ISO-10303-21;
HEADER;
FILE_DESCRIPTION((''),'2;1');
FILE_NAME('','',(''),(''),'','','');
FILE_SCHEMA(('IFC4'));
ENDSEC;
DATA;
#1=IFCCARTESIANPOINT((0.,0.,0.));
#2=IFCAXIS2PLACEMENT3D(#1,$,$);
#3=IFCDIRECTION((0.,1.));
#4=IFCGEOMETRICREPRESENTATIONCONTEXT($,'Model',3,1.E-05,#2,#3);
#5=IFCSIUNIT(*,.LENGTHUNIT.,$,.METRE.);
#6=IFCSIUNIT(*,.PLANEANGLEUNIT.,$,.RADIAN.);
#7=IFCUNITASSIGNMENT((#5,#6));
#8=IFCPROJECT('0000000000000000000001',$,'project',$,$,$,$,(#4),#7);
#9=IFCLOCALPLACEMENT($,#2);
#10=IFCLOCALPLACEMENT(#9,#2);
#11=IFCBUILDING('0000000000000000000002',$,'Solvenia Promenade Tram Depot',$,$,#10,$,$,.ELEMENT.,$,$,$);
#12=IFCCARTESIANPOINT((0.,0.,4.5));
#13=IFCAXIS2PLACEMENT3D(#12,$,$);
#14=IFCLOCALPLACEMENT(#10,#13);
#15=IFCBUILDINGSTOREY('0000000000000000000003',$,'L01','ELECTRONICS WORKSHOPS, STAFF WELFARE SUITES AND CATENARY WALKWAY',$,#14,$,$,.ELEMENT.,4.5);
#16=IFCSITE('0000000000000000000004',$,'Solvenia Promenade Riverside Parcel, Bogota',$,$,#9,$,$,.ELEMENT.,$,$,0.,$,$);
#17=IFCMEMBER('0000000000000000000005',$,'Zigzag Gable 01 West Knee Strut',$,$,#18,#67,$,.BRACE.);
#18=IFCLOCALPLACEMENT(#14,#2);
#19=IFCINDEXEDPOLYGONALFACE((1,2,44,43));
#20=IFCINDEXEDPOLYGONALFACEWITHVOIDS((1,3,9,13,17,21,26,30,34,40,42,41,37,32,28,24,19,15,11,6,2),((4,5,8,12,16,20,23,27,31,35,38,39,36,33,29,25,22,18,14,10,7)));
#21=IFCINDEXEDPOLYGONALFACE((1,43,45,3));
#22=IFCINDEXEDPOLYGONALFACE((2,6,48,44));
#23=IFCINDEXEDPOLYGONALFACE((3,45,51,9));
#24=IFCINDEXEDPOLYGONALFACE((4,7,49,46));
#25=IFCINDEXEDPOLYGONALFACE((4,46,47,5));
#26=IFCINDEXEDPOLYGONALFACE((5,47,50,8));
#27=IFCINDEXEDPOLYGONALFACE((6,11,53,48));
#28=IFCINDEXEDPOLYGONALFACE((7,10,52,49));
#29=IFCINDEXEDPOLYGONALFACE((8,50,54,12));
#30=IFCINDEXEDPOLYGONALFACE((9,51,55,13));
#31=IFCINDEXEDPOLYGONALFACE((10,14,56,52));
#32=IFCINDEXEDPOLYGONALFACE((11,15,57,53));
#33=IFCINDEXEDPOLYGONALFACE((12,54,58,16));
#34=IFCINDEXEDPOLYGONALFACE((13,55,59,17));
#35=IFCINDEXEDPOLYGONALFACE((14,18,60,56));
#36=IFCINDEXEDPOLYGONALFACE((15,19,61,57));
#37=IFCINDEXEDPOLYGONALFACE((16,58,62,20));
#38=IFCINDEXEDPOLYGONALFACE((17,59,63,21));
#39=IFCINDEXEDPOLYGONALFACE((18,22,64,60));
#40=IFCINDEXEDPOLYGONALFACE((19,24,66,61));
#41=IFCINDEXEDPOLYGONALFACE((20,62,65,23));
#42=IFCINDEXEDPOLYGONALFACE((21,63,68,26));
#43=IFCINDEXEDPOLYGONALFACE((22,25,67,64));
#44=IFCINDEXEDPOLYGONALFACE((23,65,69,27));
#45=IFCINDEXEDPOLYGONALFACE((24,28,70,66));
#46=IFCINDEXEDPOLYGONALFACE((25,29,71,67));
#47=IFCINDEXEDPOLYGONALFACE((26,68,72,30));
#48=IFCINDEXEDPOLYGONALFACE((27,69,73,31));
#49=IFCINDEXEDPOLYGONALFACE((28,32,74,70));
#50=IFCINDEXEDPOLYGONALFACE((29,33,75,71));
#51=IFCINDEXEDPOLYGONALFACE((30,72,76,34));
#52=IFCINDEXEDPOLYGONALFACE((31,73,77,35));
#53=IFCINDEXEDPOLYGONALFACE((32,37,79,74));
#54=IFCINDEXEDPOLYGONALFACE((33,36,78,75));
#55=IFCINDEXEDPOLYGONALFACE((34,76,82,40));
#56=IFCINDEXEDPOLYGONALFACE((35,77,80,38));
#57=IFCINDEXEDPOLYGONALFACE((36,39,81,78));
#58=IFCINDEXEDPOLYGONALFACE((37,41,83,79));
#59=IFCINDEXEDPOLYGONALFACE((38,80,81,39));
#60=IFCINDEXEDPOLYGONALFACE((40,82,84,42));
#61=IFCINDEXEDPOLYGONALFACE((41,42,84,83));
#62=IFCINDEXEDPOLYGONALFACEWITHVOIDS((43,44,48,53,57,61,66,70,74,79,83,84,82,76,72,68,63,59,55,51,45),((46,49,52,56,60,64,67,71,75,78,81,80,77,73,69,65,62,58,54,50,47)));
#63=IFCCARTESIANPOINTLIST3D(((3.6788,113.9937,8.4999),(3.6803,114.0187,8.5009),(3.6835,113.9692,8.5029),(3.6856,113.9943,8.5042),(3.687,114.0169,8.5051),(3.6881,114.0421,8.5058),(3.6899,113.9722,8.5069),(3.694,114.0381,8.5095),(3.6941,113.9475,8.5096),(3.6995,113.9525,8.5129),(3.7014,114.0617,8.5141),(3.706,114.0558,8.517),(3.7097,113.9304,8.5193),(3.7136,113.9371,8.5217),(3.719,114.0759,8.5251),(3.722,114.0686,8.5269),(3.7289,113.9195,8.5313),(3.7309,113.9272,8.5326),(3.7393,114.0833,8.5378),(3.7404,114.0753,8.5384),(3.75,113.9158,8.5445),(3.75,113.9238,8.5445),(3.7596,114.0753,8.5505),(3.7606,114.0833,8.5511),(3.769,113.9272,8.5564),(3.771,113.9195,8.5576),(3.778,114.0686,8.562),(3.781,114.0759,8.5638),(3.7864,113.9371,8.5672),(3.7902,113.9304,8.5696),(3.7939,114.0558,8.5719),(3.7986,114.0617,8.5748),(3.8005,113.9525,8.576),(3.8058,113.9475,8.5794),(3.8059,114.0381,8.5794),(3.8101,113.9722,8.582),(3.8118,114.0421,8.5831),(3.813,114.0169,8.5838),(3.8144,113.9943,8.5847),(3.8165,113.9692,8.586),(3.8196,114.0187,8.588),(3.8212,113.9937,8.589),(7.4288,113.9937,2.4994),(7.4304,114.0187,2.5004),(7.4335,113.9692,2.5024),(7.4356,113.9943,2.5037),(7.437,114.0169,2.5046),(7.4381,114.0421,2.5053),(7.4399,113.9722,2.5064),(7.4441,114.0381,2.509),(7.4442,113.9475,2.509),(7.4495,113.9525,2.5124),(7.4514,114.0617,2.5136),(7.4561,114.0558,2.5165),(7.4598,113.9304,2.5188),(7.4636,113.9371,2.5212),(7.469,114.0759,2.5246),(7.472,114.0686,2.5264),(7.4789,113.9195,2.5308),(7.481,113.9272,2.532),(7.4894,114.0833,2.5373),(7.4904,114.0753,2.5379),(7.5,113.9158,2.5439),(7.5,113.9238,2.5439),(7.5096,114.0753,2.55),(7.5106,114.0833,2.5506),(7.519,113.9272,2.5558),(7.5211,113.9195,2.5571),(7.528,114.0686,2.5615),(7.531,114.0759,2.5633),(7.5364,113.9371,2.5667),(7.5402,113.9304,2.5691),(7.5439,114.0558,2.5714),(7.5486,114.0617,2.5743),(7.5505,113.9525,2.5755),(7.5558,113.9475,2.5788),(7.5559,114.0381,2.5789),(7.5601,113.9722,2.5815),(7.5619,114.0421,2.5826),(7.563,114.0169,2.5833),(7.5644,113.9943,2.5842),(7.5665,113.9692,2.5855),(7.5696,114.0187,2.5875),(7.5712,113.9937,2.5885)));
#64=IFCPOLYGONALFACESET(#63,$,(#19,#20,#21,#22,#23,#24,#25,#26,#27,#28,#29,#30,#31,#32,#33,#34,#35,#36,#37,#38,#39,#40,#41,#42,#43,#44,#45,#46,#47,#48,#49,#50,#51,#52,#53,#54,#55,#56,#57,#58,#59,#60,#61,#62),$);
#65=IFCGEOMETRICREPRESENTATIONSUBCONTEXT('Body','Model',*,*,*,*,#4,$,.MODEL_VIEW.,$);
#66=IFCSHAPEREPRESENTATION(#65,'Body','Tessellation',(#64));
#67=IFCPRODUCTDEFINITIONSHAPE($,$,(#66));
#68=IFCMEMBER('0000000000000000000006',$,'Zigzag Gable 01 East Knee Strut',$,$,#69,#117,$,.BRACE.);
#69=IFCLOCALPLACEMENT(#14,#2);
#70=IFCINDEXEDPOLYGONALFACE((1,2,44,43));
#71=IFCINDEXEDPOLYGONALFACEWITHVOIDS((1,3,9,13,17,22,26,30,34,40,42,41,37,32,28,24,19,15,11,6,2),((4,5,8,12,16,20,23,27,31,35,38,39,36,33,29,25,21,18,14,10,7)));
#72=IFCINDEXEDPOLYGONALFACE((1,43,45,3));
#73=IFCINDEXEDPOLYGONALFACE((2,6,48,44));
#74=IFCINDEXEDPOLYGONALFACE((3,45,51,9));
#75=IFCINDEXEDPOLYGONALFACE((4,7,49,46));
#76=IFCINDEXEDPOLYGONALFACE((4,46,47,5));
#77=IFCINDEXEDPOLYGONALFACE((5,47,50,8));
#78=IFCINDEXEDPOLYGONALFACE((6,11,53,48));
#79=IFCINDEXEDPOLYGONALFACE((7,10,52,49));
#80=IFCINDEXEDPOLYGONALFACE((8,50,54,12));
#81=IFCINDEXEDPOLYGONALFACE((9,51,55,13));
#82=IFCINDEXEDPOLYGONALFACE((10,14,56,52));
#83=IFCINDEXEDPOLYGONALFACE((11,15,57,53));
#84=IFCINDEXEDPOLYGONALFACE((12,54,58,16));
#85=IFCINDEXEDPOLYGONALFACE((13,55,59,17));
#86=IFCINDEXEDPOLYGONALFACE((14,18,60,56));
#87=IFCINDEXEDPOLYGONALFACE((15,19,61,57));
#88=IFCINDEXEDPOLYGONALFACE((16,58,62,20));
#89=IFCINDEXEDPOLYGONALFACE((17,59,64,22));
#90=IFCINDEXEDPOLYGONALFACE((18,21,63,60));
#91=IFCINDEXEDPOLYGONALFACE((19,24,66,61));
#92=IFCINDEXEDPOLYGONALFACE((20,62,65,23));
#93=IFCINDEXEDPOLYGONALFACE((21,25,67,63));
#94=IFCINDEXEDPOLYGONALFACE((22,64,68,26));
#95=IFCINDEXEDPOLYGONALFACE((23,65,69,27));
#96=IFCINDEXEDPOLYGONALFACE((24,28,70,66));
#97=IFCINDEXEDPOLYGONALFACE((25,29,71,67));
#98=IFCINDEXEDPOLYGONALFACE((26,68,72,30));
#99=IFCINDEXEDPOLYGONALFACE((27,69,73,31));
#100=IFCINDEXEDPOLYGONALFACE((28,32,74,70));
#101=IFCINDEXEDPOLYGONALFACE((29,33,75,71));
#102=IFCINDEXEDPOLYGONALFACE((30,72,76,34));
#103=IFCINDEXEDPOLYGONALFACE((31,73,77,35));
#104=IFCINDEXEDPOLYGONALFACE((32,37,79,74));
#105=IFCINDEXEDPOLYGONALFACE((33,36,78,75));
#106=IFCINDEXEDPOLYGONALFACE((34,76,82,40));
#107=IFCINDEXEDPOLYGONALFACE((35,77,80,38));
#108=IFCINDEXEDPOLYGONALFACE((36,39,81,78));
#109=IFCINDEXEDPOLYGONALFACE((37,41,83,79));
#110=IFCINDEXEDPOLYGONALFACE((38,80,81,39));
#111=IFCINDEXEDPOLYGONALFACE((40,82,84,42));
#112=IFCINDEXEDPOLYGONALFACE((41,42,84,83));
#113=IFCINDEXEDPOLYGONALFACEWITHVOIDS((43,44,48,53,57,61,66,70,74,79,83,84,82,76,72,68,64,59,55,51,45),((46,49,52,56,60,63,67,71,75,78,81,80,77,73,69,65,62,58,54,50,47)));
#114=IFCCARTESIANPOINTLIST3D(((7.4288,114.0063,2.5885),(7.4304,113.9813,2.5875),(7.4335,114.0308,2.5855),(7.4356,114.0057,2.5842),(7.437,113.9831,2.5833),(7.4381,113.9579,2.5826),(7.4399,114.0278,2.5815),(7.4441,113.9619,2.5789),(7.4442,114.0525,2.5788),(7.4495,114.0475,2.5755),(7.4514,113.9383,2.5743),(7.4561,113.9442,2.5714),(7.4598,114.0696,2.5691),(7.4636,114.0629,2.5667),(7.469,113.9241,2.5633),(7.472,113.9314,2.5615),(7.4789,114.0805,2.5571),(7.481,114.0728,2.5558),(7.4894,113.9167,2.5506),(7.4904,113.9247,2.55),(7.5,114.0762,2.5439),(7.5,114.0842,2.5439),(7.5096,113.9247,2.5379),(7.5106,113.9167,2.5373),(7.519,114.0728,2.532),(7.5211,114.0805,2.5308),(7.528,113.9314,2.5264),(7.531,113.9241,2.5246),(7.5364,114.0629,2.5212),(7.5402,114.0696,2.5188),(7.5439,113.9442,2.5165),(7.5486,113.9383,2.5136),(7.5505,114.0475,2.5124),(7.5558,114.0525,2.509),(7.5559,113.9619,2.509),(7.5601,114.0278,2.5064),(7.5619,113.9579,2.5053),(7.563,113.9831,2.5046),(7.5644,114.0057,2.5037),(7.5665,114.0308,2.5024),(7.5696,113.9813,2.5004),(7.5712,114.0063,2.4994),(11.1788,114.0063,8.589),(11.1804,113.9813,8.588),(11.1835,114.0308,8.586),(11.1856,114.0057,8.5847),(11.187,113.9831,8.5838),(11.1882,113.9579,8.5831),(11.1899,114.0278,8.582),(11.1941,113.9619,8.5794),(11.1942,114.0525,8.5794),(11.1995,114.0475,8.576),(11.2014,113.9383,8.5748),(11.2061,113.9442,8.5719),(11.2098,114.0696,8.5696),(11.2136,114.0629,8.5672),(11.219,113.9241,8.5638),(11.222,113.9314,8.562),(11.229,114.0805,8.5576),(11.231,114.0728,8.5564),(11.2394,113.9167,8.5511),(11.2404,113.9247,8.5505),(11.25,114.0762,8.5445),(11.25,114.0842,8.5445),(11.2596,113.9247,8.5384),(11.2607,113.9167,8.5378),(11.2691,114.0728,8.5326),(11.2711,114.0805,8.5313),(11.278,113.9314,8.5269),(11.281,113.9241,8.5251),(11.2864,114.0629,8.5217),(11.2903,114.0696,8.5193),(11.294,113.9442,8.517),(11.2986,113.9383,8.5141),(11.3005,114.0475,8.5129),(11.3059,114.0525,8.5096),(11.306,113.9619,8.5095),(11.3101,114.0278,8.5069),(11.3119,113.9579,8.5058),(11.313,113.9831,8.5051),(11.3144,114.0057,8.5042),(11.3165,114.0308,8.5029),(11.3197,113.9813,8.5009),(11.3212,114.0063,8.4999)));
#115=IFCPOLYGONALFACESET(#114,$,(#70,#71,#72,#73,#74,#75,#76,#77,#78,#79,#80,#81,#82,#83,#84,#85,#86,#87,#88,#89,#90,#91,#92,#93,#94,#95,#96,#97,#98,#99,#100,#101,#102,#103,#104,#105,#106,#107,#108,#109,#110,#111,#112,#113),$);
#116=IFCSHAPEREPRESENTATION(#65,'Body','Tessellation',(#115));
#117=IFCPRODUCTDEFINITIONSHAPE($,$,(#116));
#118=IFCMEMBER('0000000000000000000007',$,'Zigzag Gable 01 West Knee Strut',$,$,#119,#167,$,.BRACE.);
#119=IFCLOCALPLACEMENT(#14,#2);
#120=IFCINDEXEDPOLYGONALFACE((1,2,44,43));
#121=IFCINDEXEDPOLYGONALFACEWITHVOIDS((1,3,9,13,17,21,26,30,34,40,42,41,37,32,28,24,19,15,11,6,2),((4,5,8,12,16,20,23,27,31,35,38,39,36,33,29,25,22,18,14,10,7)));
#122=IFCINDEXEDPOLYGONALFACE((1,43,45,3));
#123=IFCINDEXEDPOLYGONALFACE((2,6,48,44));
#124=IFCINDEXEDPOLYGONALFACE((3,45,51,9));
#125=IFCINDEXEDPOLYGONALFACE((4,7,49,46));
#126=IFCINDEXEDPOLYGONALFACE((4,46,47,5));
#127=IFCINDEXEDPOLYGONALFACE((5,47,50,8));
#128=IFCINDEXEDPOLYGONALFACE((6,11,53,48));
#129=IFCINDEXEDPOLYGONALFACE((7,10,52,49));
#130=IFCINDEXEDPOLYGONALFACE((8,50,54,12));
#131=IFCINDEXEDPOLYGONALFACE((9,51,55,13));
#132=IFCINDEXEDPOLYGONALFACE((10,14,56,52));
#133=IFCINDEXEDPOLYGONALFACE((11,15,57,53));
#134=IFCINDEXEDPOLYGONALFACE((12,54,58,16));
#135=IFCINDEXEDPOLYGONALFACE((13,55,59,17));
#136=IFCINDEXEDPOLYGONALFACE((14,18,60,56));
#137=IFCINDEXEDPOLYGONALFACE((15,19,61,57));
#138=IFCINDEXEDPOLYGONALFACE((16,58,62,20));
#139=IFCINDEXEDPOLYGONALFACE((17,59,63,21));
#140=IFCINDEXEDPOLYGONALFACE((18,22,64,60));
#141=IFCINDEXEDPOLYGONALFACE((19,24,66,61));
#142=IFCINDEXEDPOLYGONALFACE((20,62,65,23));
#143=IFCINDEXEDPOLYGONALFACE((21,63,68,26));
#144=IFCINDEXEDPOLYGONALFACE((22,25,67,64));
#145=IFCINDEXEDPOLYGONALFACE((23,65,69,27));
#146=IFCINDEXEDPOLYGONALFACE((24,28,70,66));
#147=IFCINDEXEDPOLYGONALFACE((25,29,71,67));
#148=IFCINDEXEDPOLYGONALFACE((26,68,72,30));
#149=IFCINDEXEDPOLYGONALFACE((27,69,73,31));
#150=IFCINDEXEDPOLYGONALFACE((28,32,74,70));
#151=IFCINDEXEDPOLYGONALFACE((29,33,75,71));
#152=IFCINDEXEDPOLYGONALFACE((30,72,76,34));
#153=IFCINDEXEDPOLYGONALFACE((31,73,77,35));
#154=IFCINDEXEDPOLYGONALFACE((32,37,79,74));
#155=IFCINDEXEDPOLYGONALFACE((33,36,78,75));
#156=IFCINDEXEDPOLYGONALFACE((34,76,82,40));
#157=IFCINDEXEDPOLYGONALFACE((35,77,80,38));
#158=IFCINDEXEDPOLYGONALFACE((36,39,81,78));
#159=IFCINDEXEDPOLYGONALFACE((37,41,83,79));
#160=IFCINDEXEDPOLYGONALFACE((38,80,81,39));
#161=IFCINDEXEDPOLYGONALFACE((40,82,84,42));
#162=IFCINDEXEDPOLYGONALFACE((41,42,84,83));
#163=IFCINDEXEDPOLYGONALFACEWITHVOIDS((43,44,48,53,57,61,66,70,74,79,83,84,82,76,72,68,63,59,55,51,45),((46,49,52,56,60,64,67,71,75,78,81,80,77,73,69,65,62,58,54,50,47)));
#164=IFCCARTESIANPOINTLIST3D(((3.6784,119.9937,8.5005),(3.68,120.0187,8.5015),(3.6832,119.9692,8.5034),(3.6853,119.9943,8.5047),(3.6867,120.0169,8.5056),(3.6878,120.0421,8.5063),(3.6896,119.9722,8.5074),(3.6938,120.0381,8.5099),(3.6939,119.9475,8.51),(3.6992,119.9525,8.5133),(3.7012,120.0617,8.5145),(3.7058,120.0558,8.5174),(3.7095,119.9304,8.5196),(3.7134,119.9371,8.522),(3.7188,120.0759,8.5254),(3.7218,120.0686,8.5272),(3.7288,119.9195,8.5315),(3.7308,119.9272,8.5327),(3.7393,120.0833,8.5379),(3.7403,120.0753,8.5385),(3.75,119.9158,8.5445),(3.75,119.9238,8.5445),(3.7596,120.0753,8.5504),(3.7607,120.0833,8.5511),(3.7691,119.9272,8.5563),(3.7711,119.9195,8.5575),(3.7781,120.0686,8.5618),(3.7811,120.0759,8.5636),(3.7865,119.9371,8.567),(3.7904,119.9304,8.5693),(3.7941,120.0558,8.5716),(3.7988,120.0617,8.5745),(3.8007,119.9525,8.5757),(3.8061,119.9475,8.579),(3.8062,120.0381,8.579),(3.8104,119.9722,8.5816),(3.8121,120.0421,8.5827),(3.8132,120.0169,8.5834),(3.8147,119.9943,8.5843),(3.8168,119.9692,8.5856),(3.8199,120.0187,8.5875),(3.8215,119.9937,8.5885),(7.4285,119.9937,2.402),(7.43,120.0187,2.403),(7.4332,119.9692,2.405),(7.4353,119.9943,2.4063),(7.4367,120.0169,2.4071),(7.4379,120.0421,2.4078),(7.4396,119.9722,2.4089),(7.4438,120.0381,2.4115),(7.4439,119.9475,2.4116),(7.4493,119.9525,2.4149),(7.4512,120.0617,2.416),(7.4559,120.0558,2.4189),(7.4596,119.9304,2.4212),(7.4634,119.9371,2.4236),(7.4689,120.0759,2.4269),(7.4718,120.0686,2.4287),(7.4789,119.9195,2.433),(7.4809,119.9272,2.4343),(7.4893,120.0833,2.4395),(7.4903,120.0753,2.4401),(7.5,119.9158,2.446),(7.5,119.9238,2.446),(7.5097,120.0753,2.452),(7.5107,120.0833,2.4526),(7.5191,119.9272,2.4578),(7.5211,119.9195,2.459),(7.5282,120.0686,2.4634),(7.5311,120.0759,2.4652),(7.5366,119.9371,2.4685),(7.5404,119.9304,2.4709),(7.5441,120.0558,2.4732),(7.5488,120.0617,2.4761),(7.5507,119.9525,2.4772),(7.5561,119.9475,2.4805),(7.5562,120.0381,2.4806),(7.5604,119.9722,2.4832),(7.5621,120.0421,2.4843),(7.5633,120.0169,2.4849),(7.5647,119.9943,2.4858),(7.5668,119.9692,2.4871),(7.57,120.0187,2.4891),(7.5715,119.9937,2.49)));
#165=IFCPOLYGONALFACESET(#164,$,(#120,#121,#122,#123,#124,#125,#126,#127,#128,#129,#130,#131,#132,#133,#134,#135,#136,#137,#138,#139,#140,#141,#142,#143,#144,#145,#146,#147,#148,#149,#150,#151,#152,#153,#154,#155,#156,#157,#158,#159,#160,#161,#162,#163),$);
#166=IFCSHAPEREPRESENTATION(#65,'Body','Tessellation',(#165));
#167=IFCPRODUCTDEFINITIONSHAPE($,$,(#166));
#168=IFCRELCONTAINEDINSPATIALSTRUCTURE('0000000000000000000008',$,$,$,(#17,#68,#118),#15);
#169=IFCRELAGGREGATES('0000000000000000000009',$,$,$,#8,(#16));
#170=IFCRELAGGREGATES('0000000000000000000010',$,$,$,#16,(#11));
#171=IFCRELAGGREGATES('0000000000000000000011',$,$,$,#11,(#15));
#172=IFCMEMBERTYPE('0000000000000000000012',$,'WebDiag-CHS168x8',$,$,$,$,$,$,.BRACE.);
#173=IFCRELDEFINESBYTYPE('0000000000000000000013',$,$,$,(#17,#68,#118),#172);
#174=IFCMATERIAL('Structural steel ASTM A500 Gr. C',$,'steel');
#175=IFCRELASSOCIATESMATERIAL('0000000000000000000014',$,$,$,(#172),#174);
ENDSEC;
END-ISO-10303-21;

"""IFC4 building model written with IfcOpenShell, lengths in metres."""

from ifc_helpers import new_model, si_unit, direction, frame, origin, origin_2d, place, context, subcontext, project, spatial, hollow_circle, extrude, material, material_profile, profile_set, type_object, element, save


model = new_model("IFC4")

# Units and contexts
model_context = context("Model", 3, precision=1e-05, world=origin(), true_north=direction((0.0, 1.0)))
body_context = subcontext(model_context, "Body", "Model", "MODEL_VIEW")
ifc_project = project(units=[si_unit("LENGTHUNIT", "METRE"), si_unit("PLANEANGLEUNIT", "RADIAN")], contexts=[model_context])

# Site, building, storey
site_placement = place(None, origin())
site = spatial("IfcSite", under=ifc_project, at=site_placement, Name="Solvenia Promenade Riverside Parcel, Bogota", CompositionType="ELEMENT", RefElevation=0.0)
building_placement = place(site_placement, origin())
building = spatial("IfcBuilding", under=site, at=building_placement, Name="Solvenia Promenade Tram Depot", CompositionType="ELEMENT")
storey_placement = place(building_placement, frame((0.0, 0.0, 4.5)))
storey = spatial("IfcBuildingStorey", under=building, at=storey_placement, Name="L01", Description="ELECTRONICS WORKSHOPS, STAFF WELFARE SUITES AND CATENARY WALKWAY", CompositionType="ELEMENT", Elevation=4.5)

# Shared definitions
ifc_material_1 = material(Name="Structural steel ASTM A500 Gr. C", Category="steel")

# Members
ifc_material_profile_1 = material_profile(ifc_material_1, hollow_circle(Radius=0.0842, WallThickness=0.0081, at=origin_2d()), Name="CHS168.3x8", Category="steel")
ifc_profile_set_1 = profile_set([ifc_material_profile_1], Name="Structural steel ASTM A500 Gr. C")
member_type_1 = type_object("IfcMemberType", Name="WebDiag-CHS168x8", PredefinedType="BRACE", material=ifc_profile_set_1)
for number, where, z_axis, x_axis, name in (
    (1, (7.5, 114.0, 2.5439), (-0.529968, 0.0, 0.848018), (0.0, -1.0, 0.0), "Zigzag Gable 01 West Knee Strut"),
    (2, (7.5, 114.0, 2.5439), (0.529968, 0.0, 0.848018), (0.0, 1.0, 0.0), "Zigzag Gable 01 East Knee Strut"),
):
    element("IfcMember", number, at=place(storey_placement, frame(where, z_axis=z_axis, x_axis=x_axis)), inside=storey, type_object=member_type_1, Name=name, PredefinedType="BRACE", context=body_context, shape_type="SweptSolid", body=[
        extrude(hollow_circle(Radius=0.0842, WallThickness=0.0081, at=origin_2d()), origin(), (0.0, 0.0, 1.0), 7.0759),
    ])
for number, where, z_axis, x_axis, name in (
    (3, (7.5, 120.0, 2.446), (-0.523808, 0.0, 0.851836), (0.0, -1.0, 0.0), "Zigzag Gable 01 West Knee Strut"),
):
    element("IfcMember", number, at=place(storey_placement, frame(where, z_axis=z_axis, x_axis=x_axis)), inside=storey, type_object=member_type_1, Name=name, PredefinedType="BRACE", context=body_context, shape_type="SweptSolid", body=[
        extrude(hollow_circle(Radius=0.0842, WallThickness=0.0081, at=origin_2d()), origin(), (0.0, 0.0, 1.0), 7.1592),
    ])

save(model, "model.ifc")
